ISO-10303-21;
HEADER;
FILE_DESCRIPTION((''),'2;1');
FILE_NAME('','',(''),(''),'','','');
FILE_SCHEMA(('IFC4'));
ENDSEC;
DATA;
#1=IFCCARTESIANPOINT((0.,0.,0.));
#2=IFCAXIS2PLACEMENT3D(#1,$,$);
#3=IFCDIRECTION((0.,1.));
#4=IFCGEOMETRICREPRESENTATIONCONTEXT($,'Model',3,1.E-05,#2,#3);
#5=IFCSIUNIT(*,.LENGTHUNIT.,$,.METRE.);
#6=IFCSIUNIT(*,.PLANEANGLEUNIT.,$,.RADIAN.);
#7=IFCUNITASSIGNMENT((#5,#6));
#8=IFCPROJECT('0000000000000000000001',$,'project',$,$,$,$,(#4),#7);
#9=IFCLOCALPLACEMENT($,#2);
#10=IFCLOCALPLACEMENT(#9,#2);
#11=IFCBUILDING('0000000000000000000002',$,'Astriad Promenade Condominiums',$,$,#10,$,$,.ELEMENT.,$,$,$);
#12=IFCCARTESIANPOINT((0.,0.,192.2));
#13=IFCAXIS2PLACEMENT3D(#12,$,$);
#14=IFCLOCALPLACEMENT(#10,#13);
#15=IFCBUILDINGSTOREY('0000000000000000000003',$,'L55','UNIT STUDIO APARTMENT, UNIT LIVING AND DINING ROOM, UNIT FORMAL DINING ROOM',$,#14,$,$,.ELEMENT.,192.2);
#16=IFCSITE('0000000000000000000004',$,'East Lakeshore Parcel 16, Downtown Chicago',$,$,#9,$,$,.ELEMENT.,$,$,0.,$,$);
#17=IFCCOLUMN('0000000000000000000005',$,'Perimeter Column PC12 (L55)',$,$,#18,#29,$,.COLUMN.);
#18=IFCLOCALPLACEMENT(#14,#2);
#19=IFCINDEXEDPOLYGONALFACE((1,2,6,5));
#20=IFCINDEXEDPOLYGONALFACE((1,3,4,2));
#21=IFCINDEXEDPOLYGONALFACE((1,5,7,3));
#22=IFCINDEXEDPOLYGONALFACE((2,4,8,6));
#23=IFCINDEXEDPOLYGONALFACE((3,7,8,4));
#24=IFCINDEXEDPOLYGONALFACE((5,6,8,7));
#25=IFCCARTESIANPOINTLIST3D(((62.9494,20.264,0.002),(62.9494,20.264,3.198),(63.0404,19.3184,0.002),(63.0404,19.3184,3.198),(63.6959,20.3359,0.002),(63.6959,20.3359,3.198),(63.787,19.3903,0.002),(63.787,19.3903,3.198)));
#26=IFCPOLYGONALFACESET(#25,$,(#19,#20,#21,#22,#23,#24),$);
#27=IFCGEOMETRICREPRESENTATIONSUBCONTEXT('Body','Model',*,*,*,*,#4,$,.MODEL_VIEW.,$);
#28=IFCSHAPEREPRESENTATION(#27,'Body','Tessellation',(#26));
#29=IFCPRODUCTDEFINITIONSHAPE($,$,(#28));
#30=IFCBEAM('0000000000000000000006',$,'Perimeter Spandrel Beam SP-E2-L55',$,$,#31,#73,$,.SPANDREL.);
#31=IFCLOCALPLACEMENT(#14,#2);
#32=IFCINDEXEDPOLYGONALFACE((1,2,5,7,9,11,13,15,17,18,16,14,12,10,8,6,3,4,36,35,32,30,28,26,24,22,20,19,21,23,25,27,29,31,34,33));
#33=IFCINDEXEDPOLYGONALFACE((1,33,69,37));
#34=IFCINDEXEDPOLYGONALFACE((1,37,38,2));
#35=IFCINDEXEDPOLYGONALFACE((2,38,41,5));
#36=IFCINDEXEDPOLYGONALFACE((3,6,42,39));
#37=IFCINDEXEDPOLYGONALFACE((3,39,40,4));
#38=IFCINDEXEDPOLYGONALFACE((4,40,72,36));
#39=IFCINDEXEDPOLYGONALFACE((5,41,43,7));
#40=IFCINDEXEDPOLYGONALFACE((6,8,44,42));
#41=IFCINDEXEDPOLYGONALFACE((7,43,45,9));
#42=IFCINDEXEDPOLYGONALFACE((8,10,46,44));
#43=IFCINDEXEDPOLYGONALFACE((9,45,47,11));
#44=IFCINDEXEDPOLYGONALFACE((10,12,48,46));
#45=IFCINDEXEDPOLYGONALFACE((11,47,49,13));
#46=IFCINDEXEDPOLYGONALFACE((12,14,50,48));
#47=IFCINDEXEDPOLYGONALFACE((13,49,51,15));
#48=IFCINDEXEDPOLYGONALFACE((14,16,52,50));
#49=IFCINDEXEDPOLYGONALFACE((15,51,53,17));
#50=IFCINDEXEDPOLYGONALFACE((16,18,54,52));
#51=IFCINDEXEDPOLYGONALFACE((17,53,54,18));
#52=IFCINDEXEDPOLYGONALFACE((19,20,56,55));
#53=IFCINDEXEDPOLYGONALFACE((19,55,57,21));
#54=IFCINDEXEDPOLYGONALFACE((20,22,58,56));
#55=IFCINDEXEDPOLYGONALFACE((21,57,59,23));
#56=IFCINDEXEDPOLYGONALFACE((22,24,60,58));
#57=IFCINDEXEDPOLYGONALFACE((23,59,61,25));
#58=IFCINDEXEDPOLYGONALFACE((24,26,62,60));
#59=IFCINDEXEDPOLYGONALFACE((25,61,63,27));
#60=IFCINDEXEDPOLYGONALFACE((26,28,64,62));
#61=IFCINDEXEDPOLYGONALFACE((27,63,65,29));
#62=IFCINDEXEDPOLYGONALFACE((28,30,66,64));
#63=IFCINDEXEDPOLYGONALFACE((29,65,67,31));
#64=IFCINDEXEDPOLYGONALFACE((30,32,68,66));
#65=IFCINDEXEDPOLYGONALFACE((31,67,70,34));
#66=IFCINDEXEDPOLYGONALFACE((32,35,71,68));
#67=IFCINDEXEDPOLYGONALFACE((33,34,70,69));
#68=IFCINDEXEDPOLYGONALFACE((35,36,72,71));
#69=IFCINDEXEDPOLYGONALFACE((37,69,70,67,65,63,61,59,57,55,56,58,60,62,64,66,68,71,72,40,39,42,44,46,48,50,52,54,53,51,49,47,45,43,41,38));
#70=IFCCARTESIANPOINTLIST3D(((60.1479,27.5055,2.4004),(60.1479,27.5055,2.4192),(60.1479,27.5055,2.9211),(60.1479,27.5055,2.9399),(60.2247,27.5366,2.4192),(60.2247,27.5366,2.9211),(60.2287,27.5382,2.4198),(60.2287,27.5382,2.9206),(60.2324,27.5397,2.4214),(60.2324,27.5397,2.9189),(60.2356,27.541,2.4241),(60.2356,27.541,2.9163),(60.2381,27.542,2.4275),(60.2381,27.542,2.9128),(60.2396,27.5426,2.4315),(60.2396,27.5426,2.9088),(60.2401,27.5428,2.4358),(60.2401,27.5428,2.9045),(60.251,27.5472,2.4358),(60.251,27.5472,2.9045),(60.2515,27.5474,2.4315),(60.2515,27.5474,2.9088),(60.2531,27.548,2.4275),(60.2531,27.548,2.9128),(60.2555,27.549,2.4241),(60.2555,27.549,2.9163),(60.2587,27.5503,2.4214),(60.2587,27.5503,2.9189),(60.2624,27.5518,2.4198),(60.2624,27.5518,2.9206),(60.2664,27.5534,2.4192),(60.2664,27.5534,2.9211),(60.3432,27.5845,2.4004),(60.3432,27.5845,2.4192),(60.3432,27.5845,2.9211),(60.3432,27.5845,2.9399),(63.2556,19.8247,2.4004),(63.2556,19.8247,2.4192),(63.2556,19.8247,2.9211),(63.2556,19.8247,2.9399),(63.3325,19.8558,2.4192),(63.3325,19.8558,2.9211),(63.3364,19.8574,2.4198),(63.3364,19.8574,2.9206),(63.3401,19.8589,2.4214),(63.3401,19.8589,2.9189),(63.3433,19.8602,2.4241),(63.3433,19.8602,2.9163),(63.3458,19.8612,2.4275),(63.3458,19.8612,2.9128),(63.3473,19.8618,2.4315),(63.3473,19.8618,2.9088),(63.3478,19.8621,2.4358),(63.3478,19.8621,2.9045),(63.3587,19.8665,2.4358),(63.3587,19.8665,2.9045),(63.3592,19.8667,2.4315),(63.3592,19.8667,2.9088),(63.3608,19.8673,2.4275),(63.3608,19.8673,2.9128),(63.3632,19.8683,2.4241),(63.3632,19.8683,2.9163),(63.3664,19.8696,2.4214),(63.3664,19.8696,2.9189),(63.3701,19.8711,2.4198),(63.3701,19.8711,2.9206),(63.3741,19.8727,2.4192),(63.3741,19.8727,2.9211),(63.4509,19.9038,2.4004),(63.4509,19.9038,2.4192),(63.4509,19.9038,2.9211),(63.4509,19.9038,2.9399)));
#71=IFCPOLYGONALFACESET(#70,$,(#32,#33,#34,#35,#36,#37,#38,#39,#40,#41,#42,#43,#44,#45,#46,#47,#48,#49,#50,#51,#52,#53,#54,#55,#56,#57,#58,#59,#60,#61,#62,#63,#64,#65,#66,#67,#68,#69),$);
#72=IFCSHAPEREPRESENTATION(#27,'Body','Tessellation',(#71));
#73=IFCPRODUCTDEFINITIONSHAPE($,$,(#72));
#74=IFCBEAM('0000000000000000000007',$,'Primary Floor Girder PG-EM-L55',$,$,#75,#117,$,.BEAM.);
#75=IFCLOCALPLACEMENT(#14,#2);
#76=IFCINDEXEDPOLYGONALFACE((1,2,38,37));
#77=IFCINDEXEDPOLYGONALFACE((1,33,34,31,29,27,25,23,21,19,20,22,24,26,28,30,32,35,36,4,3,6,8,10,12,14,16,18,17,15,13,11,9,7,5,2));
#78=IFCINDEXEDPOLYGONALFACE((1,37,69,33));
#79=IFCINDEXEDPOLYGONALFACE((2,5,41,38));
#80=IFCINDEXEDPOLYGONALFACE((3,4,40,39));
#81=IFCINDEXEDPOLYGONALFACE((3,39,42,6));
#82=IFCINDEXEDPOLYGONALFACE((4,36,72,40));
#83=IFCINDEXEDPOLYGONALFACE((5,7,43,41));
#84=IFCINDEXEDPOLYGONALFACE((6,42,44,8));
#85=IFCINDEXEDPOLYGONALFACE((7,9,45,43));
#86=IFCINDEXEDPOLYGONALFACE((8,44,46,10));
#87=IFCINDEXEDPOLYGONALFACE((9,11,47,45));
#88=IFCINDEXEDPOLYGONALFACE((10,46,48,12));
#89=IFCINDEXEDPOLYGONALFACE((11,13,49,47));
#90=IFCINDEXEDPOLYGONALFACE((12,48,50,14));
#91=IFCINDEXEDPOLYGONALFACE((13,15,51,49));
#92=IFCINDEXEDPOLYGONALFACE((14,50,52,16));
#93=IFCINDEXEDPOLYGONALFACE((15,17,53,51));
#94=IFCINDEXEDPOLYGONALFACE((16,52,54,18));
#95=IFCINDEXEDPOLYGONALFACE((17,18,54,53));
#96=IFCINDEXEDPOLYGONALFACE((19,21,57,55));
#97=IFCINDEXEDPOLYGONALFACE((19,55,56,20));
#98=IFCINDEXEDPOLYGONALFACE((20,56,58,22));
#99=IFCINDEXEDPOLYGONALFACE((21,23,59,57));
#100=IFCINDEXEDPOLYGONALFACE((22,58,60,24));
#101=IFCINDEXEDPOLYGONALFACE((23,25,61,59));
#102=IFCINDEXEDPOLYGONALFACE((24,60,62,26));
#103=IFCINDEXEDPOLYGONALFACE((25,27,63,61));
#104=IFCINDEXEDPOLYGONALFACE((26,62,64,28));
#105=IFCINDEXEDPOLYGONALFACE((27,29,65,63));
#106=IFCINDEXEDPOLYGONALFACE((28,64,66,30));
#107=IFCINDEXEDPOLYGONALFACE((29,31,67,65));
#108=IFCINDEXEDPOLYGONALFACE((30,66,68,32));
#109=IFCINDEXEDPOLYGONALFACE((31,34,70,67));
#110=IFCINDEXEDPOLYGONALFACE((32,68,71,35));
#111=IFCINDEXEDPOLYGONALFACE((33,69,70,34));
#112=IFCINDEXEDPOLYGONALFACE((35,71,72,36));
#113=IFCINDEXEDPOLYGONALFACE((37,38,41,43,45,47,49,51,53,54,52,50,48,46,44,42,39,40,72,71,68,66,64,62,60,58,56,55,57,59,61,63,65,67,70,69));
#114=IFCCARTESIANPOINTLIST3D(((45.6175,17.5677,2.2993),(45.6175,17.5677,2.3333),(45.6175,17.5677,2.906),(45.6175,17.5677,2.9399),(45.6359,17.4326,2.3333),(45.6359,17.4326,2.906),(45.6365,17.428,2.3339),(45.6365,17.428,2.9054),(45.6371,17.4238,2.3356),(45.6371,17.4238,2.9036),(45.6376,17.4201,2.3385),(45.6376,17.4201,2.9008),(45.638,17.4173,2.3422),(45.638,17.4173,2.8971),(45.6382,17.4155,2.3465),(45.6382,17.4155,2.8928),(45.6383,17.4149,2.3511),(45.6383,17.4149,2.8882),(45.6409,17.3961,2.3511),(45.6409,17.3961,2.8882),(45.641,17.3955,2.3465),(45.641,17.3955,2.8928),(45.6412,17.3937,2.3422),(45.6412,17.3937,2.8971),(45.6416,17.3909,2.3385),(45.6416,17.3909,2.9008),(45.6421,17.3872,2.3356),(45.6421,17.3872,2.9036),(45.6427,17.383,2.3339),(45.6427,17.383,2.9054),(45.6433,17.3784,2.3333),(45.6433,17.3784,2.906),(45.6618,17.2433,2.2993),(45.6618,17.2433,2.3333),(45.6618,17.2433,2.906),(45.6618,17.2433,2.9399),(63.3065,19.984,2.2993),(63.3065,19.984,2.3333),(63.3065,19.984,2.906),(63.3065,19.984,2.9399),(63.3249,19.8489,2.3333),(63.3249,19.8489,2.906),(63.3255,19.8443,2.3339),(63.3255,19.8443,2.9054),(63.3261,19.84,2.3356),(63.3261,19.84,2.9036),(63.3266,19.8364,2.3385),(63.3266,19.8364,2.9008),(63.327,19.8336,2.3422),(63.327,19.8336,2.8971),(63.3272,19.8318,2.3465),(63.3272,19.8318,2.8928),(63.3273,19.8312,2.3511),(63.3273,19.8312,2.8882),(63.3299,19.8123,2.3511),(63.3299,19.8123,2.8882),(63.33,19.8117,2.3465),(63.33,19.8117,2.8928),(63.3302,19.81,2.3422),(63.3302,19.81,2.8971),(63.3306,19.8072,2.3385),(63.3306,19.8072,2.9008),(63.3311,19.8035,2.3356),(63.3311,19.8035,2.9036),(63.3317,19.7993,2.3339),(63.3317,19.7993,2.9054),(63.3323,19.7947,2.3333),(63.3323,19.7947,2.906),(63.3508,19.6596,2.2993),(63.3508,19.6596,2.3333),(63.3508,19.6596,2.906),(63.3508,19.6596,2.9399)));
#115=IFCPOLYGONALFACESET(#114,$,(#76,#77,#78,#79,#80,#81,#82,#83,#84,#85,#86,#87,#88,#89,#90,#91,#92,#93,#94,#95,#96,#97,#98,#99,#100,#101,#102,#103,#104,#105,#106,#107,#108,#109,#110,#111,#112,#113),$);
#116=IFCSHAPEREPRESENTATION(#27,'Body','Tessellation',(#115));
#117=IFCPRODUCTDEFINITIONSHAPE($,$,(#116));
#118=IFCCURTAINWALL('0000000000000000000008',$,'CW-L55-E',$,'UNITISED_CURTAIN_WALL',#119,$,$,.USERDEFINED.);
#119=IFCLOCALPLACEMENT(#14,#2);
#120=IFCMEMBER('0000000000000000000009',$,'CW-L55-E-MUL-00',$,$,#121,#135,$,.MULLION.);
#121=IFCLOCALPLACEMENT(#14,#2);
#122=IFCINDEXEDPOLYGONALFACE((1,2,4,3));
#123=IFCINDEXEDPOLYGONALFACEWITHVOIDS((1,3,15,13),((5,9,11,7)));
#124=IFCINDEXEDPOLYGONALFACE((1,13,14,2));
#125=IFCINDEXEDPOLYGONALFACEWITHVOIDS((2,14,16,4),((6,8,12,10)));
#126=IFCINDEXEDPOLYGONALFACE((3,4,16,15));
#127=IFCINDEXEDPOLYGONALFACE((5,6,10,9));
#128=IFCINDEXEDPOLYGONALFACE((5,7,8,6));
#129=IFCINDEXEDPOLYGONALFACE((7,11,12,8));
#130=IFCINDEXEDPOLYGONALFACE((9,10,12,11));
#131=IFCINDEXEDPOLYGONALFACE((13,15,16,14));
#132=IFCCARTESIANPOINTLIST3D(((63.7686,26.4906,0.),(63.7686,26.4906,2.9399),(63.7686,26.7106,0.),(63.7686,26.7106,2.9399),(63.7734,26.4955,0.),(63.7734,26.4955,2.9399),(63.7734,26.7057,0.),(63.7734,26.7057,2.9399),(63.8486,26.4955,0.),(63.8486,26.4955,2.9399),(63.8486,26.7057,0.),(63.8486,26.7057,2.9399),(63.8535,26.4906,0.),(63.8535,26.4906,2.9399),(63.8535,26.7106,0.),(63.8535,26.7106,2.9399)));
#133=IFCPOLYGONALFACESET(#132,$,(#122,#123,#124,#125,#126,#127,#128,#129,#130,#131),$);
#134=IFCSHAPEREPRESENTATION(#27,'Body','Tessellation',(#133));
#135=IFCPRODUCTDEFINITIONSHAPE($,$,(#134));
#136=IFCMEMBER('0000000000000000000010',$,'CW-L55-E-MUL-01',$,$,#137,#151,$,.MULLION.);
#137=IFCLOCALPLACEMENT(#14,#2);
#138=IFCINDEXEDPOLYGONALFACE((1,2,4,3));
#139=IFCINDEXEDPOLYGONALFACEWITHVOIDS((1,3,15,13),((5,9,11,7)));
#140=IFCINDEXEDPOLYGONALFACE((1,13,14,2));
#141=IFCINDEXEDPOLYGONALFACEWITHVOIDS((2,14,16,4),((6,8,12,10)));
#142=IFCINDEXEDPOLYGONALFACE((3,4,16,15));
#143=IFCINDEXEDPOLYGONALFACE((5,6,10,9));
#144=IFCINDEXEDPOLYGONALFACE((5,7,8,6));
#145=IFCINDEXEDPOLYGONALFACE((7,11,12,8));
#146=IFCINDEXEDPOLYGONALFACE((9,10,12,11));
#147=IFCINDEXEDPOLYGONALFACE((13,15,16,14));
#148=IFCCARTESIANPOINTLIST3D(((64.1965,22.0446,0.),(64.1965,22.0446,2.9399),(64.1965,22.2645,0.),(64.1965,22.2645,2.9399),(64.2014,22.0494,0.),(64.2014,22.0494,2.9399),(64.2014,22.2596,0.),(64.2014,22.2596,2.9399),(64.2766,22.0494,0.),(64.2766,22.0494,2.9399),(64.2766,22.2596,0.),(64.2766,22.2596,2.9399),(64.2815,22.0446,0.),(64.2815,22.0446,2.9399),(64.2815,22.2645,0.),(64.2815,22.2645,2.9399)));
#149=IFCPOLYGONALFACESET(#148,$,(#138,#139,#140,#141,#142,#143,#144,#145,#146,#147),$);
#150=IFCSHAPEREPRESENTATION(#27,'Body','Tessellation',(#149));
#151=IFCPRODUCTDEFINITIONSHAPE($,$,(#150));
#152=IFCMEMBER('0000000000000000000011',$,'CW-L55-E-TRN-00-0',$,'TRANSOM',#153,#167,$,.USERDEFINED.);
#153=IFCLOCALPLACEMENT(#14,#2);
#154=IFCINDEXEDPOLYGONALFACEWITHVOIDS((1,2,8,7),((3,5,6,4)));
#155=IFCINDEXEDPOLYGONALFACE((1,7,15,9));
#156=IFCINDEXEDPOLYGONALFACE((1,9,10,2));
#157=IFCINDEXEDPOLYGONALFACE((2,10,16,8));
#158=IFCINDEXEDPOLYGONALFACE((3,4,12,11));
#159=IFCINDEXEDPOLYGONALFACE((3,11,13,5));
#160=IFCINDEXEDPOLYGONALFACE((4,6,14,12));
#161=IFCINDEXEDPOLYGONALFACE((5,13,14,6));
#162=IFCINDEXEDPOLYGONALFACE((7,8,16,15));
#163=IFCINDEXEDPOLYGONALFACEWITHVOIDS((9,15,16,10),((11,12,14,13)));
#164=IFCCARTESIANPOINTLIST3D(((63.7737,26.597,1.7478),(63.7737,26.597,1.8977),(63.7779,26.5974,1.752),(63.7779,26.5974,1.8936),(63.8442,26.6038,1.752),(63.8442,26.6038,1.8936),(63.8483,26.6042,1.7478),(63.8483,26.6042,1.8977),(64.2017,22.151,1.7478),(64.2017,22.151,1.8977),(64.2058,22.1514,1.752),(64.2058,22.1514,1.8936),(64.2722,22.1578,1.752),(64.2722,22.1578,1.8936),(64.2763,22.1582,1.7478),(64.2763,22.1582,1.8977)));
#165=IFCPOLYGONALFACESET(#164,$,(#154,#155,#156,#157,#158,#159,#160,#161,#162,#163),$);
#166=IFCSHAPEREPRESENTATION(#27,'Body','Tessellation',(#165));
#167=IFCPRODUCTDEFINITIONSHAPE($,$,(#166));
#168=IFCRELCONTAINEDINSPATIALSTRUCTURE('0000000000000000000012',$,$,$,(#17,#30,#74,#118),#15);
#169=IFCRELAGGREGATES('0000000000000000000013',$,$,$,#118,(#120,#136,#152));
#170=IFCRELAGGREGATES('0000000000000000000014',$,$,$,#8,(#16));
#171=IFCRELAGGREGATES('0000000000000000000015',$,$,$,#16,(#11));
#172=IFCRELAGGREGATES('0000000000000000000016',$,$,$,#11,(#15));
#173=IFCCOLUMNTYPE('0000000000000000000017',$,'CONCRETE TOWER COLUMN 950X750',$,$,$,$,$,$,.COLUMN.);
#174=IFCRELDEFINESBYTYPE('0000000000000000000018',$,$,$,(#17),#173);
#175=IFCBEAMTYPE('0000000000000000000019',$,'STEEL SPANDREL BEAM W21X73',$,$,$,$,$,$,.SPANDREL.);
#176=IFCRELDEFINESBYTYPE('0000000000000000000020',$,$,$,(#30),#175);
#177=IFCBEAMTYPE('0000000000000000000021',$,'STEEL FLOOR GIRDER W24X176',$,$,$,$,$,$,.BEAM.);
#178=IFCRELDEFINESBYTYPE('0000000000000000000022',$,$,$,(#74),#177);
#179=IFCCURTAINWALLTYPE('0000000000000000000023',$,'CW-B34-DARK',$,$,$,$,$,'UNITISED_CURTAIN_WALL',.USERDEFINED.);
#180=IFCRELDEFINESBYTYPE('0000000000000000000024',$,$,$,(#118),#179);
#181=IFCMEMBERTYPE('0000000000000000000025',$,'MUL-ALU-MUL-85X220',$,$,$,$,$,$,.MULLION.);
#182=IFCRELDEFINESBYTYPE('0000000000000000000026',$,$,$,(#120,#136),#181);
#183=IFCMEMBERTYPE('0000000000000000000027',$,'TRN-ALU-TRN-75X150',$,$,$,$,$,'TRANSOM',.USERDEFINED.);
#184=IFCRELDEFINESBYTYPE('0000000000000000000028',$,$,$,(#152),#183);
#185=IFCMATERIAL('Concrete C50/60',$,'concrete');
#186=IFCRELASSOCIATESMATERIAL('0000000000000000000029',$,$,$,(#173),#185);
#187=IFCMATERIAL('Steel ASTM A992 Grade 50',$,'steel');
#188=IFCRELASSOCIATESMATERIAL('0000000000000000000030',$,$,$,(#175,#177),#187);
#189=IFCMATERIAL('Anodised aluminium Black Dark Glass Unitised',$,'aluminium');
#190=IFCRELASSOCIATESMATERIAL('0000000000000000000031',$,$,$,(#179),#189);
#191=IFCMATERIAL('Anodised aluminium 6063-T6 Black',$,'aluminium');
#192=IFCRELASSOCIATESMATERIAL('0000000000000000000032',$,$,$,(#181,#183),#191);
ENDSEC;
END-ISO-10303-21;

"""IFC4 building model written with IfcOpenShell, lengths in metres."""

from ifc_helpers import new_model, si_unit, direction, frame, origin, origin_2d, place, context, subcontext, project, spatial, rectangle, hollow_rectangle, i_section, extrude, source, transform, mapped, material, material_profile, profile_set, type_object, type_shapes, element, aggregate, save


model = new_model("IFC4")

# Units and contexts
model_context = context("Model", 3, precision=1e-05, world=origin(), true_north=direction((0.0, 1.0)))
body_context = subcontext(model_context, "Body", "Model", "MODEL_VIEW")
ifc_project = project(units=[si_unit("LENGTHUNIT", "METRE"), si_unit("PLANEANGLEUNIT", "RADIAN")], contexts=[model_context])

# Site, building, storey
site_placement = place(None, origin())
site = spatial("IfcSite", under=ifc_project, at=site_placement, Name="East Lakeshore Parcel 16, Downtown Chicago", CompositionType="ELEMENT", RefElevation=0.0)
building_placement = place(site_placement, origin())
building = spatial("IfcBuilding", under=site, at=building_placement, Name="Astriad Promenade Condominiums", CompositionType="ELEMENT")
storey_placement = place(building_placement, frame((0.0, 0.0, 192.2)))
storey = spatial("IfcBuildingStorey", under=building, at=storey_placement, Name="L55", Description="UNIT STUDIO APARTMENT, UNIT LIVING AND DINING ROOM, UNIT FORMAL DINING ROOM", CompositionType="ELEMENT", Elevation=192.2)

# Column
ifc_material_1 = material(Name="Concrete C50/60", Category="concrete")
ifc_material_profile_1 = material_profile(ifc_material_1, rectangle(XDim=0.75, YDim=0.95, at=origin_2d()), Name="RC-COL-950X750")
ifc_profile_set_1 = profile_set([ifc_material_profile_1], Name="Concrete C50/60")
column_type = type_object("IfcColumnType", Name="CONCRETE TOWER COLUMN 950X750", PredefinedType="COLUMN", material=ifc_profile_set_1)
shared_shape_1 = source(origin(), body_context, "Body", "SweptSolid", [
    extrude(rectangle(XDim=0.75, YDim=0.95, at=origin_2d()), origin(), (0.0, 0.0, 1.0), 3.196),
])
type_shapes(column_type, [shared_shape_1])
column_placement = place(storey_placement, frame((63.3682, 19.8271, 0.002), z_axis=(0.0, 0.0, 1.0), x_axis=(0.995396, 0.095846, 0.0)))
element("IfcColumn", 1, at=column_placement, inside=storey, type_object=column_type, Name="Perimeter Column PC12 (L55)", PredefinedType="COLUMN", context=body_context, shape_type="MappedRepresentation", body=[
    mapped(shared_shape_1, transform((0.0, 0.0, 0.0), scale=1.0)),
])

# Beams
ifc_material_2 = material(Name="Steel ASTM A992 Grade 50", Category="steel")
ifc_material_profile_2 = material_profile(ifc_material_2, i_section(OverallWidth=0.2107, OverallDepth=0.5396, WebThickness=0.0117, FlangeThickness=0.0188, FilletRadius=0.0166, at=origin_2d()), Name="W21X73")
ifc_profile_set_2 = profile_set([ifc_material_profile_2], Name="Steel ASTM A992 Grade 50")
beam_type_1 = type_object("IfcBeamType", Name="STEEL SPANDREL BEAM W21X73", PredefinedType="SPANDREL", material=ifc_profile_set_2)
shared_shape_2 = source(origin(), body_context, "Body", "SweptSolid", [
    extrude(i_section(OverallWidth=0.2107, OverallDepth=0.5396, WebThickness=0.0117, FlangeThickness=0.0188, FilletRadius=0.0166, at=origin_2d()), origin(), (0.0, 0.0, 1.0), 8.2856),
])
type_shapes(beam_type_1, [shared_shape_2])
beam_1_placement = place(storey_placement, frame((63.3533, 19.8643, 2.6702), z_axis=(-0.375071, 0.926996, 0.0), x_axis=(-0.926996, -0.375071, 0.0)))
element("IfcBeam", 2, at=beam_1_placement, inside=storey, type_object=beam_type_1, Name="Perimeter Spandrel Beam SP-E2-L55", PredefinedType="SPANDREL", context=body_context, shape_type="MappedRepresentation", body=[
    mapped(shared_shape_2, transform((0.0, 0.0, 0.0), scale=1.0)),
])
ifc_material_profile_3 = material_profile(ifc_material_2, i_section(OverallWidth=0.3274, OverallDepth=0.6406, WebThickness=0.019, FlangeThickness=0.0339, FilletRadius=0.0178, at=origin_2d()), Name="W24X176")
ifc_profile_set_3 = profile_set([ifc_material_profile_3], Name="Steel ASTM A992 Grade 50")
beam_type_2 = type_object("IfcBeamType", Name="STEEL FLOOR GIRDER W24X176", PredefinedType="BEAM", material=ifc_profile_set_3)
shared_shape_3 = source(origin(), body_context, "Body", "SweptSolid", [
    extrude(i_section(OverallWidth=0.3274, OverallDepth=0.6406, WebThickness=0.019, FlangeThickness=0.0339, FilletRadius=0.0178, at=origin_2d()), origin(), (0.0, 0.0, 1.0), 17.8533),
])
type_shapes(beam_type_2, [shared_shape_3])
beam_2_placement = place(storey_placement, frame((63.3286, 19.8218, 2.6196), z_axis=(-0.990799, -0.13534, 0.0), x_axis=(0.13534, -0.990799, 0.0)))
element("IfcBeam", 3, at=beam_2_placement, inside=storey, type_object=beam_type_2, Name="Primary Floor Girder PG-EM-L55", PredefinedType="BEAM", context=body_context, shape_type="MappedRepresentation", body=[
    mapped(shared_shape_3, transform((0.0, 0.0, 0.0), scale=1.0)),
])

# Curtain wall, members
ifc_material_3 = material(Name="Anodised aluminium Black Dark Glass Unitised", Category="aluminium")
curtain_wall_type = type_object("IfcCurtainWallType", Name="CW-B34-DARK", ElementType="UNITISED_CURTAIN_WALL", PredefinedType="USERDEFINED", material=ifc_material_3)
curtain_wall_placement = place(storey_placement, origin())
curtain_wall = element("IfcCurtainWall", 4, at=curtain_wall_placement, inside=storey, type_object=curtain_wall_type, Name="CW-L55-E", ObjectType="UNITISED_CURTAIN_WALL", PredefinedType="USERDEFINED")
ifc_material_4 = material(Name="Anodised aluminium 6063-T6 Black", Category="aluminium")
ifc_material_profile_4 = material_profile(ifc_material_4, hollow_rectangle(XDim=0.085, YDim=0.22, WallThickness=0.0049, at=origin_2d()), Name="ALU-MUL-85X220")
ifc_profile_set_4 = profile_set([ifc_material_profile_4], Name="Anodised aluminium 6063-T6 Black")
member_type_1 = type_object("IfcMemberType", Name="MUL-ALU-MUL-85X220", PredefinedType="MULLION", material=ifc_profile_set_4)
shared_shape_4 = source(origin(), body_context, "Body", "SweptSolid", [
    extrude(hollow_rectangle(XDim=0.085, YDim=0.22, WallThickness=0.0049, at=origin_2d()), origin(), (0.0, 0.0, 1.0), 2.9399),
])
type_shapes(member_type_1, [shared_shape_4])
member_1_placement = place(storey_placement, frame((63.811, 26.6006, 0.0), z_axis=(0.0, 0.0, 1.0), x_axis=(1.0, 0.0, 0.0)))
member_1 = element("IfcMember", 5, at=member_1_placement, type_object=member_type_1, Name="CW-L55-E-MUL-00", PredefinedType="MULLION", context=body_context, shape_type="MappedRepresentation", body=[
    mapped(shared_shape_4, transform((0.0, 0.0, 0.0), scale=1.0)),
])
member_2_placement = place(storey_placement, frame((64.239, 22.1545, 0.0), z_axis=(0.0, 0.0, 1.0), x_axis=(1.0, 0.0, 0.0)))
member_2 = element("IfcMember", 6, at=member_2_placement, type_object=member_type_1, Name="CW-L55-E-MUL-01", PredefinedType="MULLION", context=body_context, shape_type="MappedRepresentation", body=[
    mapped(shared_shape_4, transform((0.0, 0.0, 0.0), scale=1.0)),
])
ifc_material_profile_5 = material_profile(ifc_material_4, hollow_rectangle(XDim=0.075, YDim=0.1499, WallThickness=0.0042, at=origin_2d()), Name="ALU-TRN-75X150")
ifc_profile_set_5 = profile_set([ifc_material_profile_5], Name="Anodised aluminium 6063-T6 Black")
member_type_2 = type_object("IfcMemberType", Name="TRN-ALU-TRN-75X150", ElementType="TRANSOM", PredefinedType="USERDEFINED", material=ifc_profile_set_5)
shared_shape_5 = source(origin(), body_context, "Body", "SweptSolid", [
    extrude(hollow_rectangle(XDim=0.075, YDim=0.1499, WallThickness=0.0042, at=origin_2d()), origin(), (0.0, 0.0, 1.0), 4.4666),
])
type_shapes(member_type_2, [shared_shape_5])
member_3_placement = place(storey_placement, frame((63.811, 26.6006, 1.8228), z_axis=(0.095818, -0.995399, 0.0), x_axis=(0.995399, 0.095818, 0.0)))
member_3 = element("IfcMember", 7, at=member_3_placement, type_object=member_type_2, Name="CW-L55-E-TRN-00-0", ObjectType="TRANSOM", PredefinedType="USERDEFINED", context=body_context, shape_type="MappedRepresentation", body=[
    mapped(shared_shape_5, transform((0.0, 0.0, 0.0), scale=1.0)),
])
aggregate(curtain_wall, [member_1, member_2, member_3])

save(model, "model.ifc")
